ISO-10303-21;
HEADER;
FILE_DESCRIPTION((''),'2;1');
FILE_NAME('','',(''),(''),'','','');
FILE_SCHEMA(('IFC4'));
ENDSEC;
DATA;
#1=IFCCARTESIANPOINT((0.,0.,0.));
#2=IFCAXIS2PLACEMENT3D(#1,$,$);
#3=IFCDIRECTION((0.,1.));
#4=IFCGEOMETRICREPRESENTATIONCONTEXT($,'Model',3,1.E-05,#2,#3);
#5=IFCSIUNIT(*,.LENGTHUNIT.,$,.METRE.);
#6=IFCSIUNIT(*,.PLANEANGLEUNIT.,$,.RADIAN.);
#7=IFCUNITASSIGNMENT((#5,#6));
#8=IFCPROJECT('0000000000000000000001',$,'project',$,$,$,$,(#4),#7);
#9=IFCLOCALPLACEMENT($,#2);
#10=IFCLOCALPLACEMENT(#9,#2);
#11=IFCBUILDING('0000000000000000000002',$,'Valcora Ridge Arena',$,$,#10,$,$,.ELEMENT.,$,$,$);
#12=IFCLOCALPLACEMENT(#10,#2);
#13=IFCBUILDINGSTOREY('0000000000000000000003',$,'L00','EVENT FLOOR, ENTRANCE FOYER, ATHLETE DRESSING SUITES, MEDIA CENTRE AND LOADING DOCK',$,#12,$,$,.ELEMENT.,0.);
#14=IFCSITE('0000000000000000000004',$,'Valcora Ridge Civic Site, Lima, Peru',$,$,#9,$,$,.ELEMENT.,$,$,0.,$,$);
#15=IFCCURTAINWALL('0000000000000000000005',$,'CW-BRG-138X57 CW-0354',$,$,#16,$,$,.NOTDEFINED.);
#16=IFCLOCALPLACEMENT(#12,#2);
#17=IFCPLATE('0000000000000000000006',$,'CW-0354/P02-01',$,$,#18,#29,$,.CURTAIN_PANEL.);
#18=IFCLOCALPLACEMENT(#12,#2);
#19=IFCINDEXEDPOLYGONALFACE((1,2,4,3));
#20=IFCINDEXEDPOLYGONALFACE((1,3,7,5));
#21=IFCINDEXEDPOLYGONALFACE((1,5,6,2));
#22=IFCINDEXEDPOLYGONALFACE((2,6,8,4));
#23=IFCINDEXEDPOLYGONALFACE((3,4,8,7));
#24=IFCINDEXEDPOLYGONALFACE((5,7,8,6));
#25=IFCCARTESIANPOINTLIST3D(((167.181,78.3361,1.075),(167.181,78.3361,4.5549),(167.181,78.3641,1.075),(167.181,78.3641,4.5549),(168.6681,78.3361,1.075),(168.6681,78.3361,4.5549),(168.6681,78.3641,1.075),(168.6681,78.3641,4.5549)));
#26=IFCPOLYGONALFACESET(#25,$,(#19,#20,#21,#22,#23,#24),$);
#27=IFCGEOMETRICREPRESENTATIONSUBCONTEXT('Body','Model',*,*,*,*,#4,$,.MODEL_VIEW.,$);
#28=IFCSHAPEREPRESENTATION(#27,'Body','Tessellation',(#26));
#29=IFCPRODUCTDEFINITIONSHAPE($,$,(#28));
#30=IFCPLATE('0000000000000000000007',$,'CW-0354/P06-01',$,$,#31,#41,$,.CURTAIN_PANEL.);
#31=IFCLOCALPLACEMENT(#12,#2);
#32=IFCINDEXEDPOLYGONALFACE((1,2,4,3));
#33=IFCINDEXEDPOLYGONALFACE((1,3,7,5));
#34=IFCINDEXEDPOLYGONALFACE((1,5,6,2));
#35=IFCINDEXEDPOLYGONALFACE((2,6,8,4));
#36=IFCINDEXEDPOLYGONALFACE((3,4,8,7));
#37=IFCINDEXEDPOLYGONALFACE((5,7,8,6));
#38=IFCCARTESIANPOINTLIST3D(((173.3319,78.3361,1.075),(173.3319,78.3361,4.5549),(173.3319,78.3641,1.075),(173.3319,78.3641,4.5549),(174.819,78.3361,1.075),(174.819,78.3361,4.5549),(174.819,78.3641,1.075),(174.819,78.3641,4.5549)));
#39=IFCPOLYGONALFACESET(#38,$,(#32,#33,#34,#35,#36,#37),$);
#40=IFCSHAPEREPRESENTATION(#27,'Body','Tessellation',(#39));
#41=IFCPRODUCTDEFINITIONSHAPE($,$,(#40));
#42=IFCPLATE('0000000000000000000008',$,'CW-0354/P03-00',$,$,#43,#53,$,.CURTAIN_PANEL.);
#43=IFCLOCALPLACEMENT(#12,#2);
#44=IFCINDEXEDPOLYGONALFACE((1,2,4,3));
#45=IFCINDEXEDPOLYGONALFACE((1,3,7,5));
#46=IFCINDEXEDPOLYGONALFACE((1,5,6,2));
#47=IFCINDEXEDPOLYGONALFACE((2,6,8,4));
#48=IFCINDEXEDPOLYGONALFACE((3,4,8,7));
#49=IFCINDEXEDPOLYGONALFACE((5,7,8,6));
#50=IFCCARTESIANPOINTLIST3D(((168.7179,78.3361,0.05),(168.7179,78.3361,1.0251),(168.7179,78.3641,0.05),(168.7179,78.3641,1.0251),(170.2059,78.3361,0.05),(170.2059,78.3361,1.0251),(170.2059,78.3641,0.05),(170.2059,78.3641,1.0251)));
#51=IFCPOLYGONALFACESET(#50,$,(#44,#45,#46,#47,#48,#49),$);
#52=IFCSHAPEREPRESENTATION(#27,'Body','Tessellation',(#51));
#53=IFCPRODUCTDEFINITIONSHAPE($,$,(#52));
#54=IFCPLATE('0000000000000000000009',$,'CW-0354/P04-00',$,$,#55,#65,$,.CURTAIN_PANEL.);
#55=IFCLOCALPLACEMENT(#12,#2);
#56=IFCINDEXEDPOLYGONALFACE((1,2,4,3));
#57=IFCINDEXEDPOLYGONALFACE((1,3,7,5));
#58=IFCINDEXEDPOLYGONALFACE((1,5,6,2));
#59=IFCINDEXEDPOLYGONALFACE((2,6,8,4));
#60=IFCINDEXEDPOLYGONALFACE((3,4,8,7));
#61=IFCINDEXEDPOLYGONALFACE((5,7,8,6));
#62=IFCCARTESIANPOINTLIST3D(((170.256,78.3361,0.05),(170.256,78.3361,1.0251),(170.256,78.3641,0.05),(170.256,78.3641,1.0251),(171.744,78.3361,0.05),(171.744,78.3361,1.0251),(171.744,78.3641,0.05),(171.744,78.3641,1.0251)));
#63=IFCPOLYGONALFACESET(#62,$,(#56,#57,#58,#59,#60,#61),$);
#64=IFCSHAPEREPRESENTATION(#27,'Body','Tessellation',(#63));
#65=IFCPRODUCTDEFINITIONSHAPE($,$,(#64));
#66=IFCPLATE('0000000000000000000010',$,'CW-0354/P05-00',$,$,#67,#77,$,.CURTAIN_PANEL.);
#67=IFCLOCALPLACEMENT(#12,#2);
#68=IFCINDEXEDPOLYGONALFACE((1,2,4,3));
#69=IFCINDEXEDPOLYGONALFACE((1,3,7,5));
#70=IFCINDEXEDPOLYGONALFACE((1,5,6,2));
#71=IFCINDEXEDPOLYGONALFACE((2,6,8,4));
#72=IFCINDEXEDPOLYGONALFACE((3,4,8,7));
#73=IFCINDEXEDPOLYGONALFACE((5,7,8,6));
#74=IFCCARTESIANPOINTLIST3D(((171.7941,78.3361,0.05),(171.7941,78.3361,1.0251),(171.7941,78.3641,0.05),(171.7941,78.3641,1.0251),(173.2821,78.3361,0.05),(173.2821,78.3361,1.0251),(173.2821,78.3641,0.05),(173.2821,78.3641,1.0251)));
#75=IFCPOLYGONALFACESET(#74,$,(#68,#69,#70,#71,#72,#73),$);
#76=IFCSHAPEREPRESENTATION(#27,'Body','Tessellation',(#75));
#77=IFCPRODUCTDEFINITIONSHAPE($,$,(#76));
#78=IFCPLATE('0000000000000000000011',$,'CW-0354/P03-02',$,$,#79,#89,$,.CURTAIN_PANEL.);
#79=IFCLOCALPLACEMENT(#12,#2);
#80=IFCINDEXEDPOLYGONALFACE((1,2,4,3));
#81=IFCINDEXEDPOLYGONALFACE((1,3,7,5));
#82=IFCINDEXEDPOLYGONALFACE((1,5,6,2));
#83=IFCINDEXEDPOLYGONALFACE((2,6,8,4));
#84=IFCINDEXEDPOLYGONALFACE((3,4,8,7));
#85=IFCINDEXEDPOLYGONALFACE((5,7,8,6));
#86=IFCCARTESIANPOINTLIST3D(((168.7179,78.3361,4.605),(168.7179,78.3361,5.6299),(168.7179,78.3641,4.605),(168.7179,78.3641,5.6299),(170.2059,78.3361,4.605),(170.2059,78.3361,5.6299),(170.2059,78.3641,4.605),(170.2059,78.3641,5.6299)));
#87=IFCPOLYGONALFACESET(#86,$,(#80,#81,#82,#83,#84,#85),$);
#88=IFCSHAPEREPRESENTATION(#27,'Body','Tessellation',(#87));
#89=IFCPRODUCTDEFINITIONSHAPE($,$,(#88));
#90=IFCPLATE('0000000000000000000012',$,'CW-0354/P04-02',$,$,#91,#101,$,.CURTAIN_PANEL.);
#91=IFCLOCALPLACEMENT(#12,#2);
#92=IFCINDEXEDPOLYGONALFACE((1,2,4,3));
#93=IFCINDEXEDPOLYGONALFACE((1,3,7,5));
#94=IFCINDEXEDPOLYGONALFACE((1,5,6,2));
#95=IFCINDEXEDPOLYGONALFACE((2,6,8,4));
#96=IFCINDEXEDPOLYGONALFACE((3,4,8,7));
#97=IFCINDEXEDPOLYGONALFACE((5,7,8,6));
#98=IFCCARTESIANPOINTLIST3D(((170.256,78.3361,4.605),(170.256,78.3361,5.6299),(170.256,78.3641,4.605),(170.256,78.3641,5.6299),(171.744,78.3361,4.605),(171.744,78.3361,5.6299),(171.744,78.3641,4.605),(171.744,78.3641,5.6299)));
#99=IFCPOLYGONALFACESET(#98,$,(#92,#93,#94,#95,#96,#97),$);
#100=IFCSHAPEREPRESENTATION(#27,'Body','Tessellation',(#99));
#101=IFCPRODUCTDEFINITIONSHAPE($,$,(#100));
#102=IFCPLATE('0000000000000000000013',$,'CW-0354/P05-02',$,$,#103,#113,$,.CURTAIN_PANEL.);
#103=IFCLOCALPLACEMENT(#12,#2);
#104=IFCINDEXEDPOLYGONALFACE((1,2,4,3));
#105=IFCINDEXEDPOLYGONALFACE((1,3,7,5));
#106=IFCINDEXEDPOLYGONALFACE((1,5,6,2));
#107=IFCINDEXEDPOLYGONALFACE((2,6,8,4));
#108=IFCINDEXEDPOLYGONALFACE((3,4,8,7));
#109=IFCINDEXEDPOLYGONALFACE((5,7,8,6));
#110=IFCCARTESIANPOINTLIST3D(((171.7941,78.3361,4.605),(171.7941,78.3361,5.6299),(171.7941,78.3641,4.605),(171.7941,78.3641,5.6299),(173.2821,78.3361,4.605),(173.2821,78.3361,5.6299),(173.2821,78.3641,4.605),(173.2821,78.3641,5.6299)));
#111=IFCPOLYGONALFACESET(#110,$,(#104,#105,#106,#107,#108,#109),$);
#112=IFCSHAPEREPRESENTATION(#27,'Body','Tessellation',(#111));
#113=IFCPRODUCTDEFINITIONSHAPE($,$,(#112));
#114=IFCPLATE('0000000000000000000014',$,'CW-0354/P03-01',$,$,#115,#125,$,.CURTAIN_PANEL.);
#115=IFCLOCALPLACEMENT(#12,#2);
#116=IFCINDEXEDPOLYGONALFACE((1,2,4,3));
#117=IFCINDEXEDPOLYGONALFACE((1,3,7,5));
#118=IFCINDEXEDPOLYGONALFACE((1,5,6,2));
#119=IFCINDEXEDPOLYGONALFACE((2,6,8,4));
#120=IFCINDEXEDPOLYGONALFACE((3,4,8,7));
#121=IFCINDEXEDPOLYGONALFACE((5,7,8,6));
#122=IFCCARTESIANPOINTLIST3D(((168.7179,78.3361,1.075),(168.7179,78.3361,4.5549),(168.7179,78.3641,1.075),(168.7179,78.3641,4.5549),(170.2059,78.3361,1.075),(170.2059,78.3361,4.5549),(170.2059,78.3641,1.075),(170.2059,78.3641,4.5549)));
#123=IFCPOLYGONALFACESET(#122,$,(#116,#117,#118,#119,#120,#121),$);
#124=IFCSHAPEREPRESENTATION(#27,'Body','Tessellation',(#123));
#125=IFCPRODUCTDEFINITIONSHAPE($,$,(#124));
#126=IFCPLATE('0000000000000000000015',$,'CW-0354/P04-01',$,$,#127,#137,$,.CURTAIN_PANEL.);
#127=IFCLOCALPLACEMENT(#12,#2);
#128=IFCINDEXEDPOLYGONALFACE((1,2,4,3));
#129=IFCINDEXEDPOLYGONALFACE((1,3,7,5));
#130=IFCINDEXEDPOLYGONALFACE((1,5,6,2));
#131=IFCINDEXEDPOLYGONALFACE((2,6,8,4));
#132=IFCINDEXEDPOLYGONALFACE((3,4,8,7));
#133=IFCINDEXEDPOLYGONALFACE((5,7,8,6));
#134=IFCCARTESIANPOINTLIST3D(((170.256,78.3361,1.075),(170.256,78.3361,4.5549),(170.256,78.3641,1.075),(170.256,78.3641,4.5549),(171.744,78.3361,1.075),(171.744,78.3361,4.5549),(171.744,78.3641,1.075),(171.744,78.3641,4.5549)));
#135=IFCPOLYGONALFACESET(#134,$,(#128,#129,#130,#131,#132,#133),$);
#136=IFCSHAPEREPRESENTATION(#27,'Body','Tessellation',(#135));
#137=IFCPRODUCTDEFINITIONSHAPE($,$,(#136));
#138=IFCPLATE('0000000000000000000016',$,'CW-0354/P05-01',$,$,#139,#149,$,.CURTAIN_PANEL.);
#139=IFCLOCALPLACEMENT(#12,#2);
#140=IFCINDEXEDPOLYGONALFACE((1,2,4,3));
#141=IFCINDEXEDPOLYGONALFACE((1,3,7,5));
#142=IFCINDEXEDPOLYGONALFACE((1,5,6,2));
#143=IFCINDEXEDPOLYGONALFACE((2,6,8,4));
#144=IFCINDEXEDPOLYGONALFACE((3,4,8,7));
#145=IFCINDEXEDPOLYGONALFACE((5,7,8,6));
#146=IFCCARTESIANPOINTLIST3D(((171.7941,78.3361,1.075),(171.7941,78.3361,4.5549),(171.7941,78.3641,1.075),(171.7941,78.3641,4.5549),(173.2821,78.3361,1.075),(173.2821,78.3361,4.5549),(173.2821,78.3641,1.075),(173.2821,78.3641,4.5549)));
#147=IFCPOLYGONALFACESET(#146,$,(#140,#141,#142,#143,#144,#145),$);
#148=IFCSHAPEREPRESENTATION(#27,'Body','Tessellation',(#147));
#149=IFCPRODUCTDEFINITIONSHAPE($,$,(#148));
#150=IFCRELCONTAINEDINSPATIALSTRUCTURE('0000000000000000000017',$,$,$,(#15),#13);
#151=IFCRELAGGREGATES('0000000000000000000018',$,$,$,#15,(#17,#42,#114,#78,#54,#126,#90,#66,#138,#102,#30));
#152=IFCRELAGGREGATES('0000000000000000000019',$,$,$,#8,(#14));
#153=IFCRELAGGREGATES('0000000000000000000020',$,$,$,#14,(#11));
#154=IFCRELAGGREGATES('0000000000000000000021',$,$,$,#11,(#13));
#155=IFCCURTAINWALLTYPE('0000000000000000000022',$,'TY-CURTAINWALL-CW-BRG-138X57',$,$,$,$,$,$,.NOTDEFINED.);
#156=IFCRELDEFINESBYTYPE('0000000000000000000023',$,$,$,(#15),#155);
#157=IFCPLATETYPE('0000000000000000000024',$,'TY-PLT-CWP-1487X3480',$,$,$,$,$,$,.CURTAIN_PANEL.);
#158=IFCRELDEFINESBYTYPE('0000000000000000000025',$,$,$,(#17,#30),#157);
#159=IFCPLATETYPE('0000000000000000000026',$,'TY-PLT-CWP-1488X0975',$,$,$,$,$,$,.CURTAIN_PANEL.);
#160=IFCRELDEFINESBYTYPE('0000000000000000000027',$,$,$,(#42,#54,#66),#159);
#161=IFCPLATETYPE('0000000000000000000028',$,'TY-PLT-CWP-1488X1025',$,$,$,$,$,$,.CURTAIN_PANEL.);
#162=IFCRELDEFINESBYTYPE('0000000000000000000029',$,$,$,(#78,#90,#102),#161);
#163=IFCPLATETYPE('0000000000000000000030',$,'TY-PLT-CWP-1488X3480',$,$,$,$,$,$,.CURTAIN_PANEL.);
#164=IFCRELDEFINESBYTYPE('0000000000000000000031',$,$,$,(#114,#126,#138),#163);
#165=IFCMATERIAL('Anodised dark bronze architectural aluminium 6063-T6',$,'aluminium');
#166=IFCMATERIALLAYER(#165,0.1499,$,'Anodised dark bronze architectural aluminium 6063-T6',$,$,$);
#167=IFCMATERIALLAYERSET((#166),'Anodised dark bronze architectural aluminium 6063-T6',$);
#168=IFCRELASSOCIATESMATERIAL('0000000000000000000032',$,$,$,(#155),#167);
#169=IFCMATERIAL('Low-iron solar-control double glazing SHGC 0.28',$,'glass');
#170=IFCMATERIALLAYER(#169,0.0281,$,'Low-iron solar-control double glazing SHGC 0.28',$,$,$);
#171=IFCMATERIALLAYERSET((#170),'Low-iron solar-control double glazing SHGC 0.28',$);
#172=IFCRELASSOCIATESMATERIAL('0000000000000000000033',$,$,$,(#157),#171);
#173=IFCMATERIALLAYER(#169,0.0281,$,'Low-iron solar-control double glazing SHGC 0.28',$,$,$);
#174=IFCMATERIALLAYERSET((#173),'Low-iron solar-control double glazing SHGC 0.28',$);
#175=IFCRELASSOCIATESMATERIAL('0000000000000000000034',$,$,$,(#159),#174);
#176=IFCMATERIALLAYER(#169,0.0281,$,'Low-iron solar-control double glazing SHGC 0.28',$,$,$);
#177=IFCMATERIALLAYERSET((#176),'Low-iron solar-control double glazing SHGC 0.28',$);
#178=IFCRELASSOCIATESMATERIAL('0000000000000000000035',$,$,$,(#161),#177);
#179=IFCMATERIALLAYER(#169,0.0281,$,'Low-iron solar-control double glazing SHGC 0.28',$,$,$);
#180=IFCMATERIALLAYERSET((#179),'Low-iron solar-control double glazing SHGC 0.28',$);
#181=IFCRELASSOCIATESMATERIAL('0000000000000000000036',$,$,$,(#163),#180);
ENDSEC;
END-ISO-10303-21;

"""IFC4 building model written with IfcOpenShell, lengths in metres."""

from ifc_helpers import new_model, si_unit, direction, frame, origin, origin_2d, place, context, subcontext, project, spatial, rectangle, extrude, material, layer, layer_set, type_object, element, aggregate, save


model = new_model("IFC4")

# Units and contexts
model_context = context("Model", 3, precision=1e-05, world=origin(), true_north=direction((0.0, 1.0)))
body_context = subcontext(model_context, "Body", "Model", "MODEL_VIEW")
ifc_project = project(units=[si_unit("LENGTHUNIT", "METRE"), si_unit("PLANEANGLEUNIT", "RADIAN")], contexts=[model_context])

# Site, building, storey
site_placement = place(None, origin())
site = spatial("IfcSite", under=ifc_project, at=site_placement, Name="Valcora Ridge Civic Site, Lima, Peru", CompositionType="ELEMENT", RefElevation=0.0)
building_placement = place(site_placement, origin())
building = spatial("IfcBuilding", under=site, at=building_placement, Name="Valcora Ridge Arena", CompositionType="ELEMENT")
storey_placement = place(building_placement, origin())
storey = spatial("IfcBuildingStorey", under=building, at=storey_placement, Name="L00", Description="EVENT FLOOR, ENTRANCE FOYER, ATHLETE DRESSING SUITES, MEDIA CENTRE AND LOADING DOCK", CompositionType="ELEMENT", Elevation=0.0)

# Curtain wall, plates
ifc_material_1 = material(Name="Anodised dark bronze architectural aluminium 6063-T6", Category="aluminium")
ifc_layer_1 = layer(ifc_material_1, 0.1499, Name="Anodised dark bronze architectural aluminium 6063-T6")
ifc_layer_set_1 = layer_set([ifc_layer_1], Name="Anodised dark bronze architectural aluminium 6063-T6")
curtain_wall_type = type_object("IfcCurtainWallType", Name="TY-CURTAINWALL-CW-BRG-138X57", PredefinedType="NOTDEFINED", material=ifc_layer_set_1)
curtain_wall_placement = place(storey_placement, origin())
curtain_wall = element("IfcCurtainWall", 1, at=curtain_wall_placement, inside=storey, type_object=curtain_wall_type, Name="CW-BRG-138X57 CW-0354", PredefinedType="NOTDEFINED")
ifc_material_2 = material(Name="Low-iron solar-control double glazing SHGC 0.28", Category="glass")
ifc_layer_2 = layer(ifc_material_2, 0.0281, Name="Low-iron solar-control double glazing SHGC 0.28")
ifc_layer_set_2 = layer_set([ifc_layer_2], Name="Low-iron solar-control double glazing SHGC 0.28")
plate_type_1 = type_object("IfcPlateType", Name="TY-PLT-CWP-1487X3480", PredefinedType="CURTAIN_PANEL", material=ifc_layer_set_2)
plate_1_placement = place(storey_placement, frame((167.9246, 78.3501, 1.075), z_axis=(0.0, 0.0, 1.0), x_axis=(1.0, 0.0, 0.0)))
plate_1 = element("IfcPlate", 2, at=plate_1_placement, type_object=plate_type_1, Name="CW-0354/P02-01", PredefinedType="CURTAIN_PANEL", context=body_context, shape_type="SweptSolid", body=[
    extrude(rectangle(XDim=1.4871, YDim=0.0281, at=origin_2d()), origin(), (0.0, 0.0, 1.0), 3.48),
])
plate_2_placement = place(storey_placement, frame((174.0754, 78.3501, 1.075), z_axis=(0.0, 0.0, 1.0), x_axis=(1.0, 0.0, 0.0)))
plate_2 = element("IfcPlate", 3, at=plate_2_placement, type_object=plate_type_1, Name="CW-0354/P06-01", PredefinedType="CURTAIN_PANEL", context=body_context, shape_type="SweptSolid", body=[
    extrude(rectangle(XDim=1.4871, YDim=0.0281, at=origin_2d()), origin(), (0.0, 0.0, 1.0), 3.48),
])
ifc_layer_3 = layer(ifc_material_2, 0.0281, Name="Low-iron solar-control double glazing SHGC 0.28")
ifc_layer_set_3 = layer_set([ifc_layer_3], Name="Low-iron solar-control double glazing SHGC 0.28")
plate_type_2 = type_object("IfcPlateType", Name="TY-PLT-CWP-1488X0975", PredefinedType="CURTAIN_PANEL", material=ifc_layer_set_3)
plate_3_placement = place(storey_placement, frame((169.4619, 78.3501, 0.05), z_axis=(0.0, 0.0, 1.0), x_axis=(1.0, 0.0, 0.0)))
plate_3 = element("IfcPlate", 4, at=plate_3_placement, type_object=plate_type_2, Name="CW-0354/P03-00", PredefinedType="CURTAIN_PANEL", context=body_context, shape_type="SweptSolid", body=[
    extrude(rectangle(XDim=1.488, YDim=0.0281, at=origin_2d()), origin(), (0.0, 0.0, 1.0), 0.9751),
])
plate_4_placement = place(storey_placement, frame((171.0, 78.3501, 0.05), z_axis=(0.0, 0.0, 1.0), x_axis=(1.0, 0.0, 0.0)))
plate_4 = element("IfcPlate", 5, at=plate_4_placement, type_object=plate_type_2, Name="CW-0354/P04-00", PredefinedType="CURTAIN_PANEL", context=body_context, shape_type="SweptSolid", body=[
    extrude(rectangle(XDim=1.488, YDim=0.0281, at=origin_2d()), origin(), (0.0, 0.0, 1.0), 0.9751),
])
plate_5_placement = place(storey_placement, frame((172.5381, 78.3501, 0.05), z_axis=(0.0, 0.0, 1.0), x_axis=(1.0, 0.0, 0.0)))
plate_5 = element("IfcPlate", 6, at=plate_5_placement, type_object=plate_type_2, Name="CW-0354/P05-00", PredefinedType="CURTAIN_PANEL", context=body_context, shape_type="SweptSolid", body=[
    extrude(rectangle(XDim=1.488, YDim=0.0281, at=origin_2d()), origin(), (0.0, 0.0, 1.0), 0.9751),
])
ifc_layer_4 = layer(ifc_material_2, 0.0281, Name="Low-iron solar-control double glazing SHGC 0.28")
ifc_layer_set_4 = layer_set([ifc_layer_4], Name="Low-iron solar-control double glazing SHGC 0.28")
plate_type_3 = type_object("IfcPlateType", Name="TY-PLT-CWP-1488X1025", PredefinedType="CURTAIN_PANEL", material=ifc_layer_set_4)
plate_6_placement = place(storey_placement, frame((169.4619, 78.3501, 4.605), z_axis=(0.0, 0.0, 1.0), x_axis=(1.0, 0.0, 0.0)))
plate_6 = element("IfcPlate", 7, at=plate_6_placement, type_object=plate_type_3, Name="CW-0354/P03-02", PredefinedType="CURTAIN_PANEL", context=body_context, shape_type="SweptSolid", body=[
    extrude(rectangle(XDim=1.488, YDim=0.0281, at=origin_2d()), origin(), (0.0, 0.0, 1.0), 1.0249),
])
plate_7_placement = place(storey_placement, frame((171.0, 78.3501, 4.605), z_axis=(0.0, 0.0, 1.0), x_axis=(1.0, 0.0, 0.0)))
plate_7 = element("IfcPlate", 8, at=plate_7_placement, type_object=plate_type_3, Name="CW-0354/P04-02", PredefinedType="CURTAIN_PANEL", context=body_context, shape_type="SweptSolid", body=[
    extrude(rectangle(XDim=1.488, YDim=0.0281, at=origin_2d()), origin(), (0.0, 0.0, 1.0), 1.0249),
])
plate_8_placement = place(storey_placement, frame((172.5381, 78.3501, 4.605), z_axis=(0.0, 0.0, 1.0), x_axis=(1.0, 0.0, 0.0)))
plate_8 = element("IfcPlate", 9, at=plate_8_placement, type_object=plate_type_3, Name="CW-0354/P05-02", PredefinedType="CURTAIN_PANEL", context=body_context, shape_type="SweptSolid", body=[
    extrude(rectangle(XDim=1.488, YDim=0.0281, at=origin_2d()), origin(), (0.0, 0.0, 1.0), 1.0249),
])
ifc_layer_5 = layer(ifc_material_2, 0.0281, Name="Low-iron solar-control double glazing SHGC 0.28")
ifc_layer_set_5 = layer_set([ifc_layer_5], Name="Low-iron solar-control double glazing SHGC 0.28")
plate_type_4 = type_object("IfcPlateType", Name="TY-PLT-CWP-1488X3480", PredefinedType="CURTAIN_PANEL", material=ifc_layer_set_5)
plate_9_placement = place(storey_placement, frame((169.4619, 78.3501, 1.075), z_axis=(0.0, 0.0, 1.0), x_axis=(1.0, 0.0, 0.0)))
plate_9 = element("IfcPlate", 10, at=plate_9_placement, type_object=plate_type_4, Name="CW-0354/P03-01", PredefinedType="CURTAIN_PANEL", context=body_context, shape_type="SweptSolid", body=[
    extrude(rectangle(XDim=1.488, YDim=0.0281, at=origin_2d()), origin(), (0.0, 0.0, 1.0), 3.48),
])
plate_10_placement = place(storey_placement, frame((171.0, 78.3501, 1.075), z_axis=(0.0, 0.0, 1.0), x_axis=(1.0, 0.0, 0.0)))
plate_10 = element("IfcPlate", 11, at=plate_10_placement, type_object=plate_type_4, Name="CW-0354/P04-01", PredefinedType="CURTAIN_PANEL", context=body_context, shape_type="SweptSolid", body=[
    extrude(rectangle(XDim=1.488, YDim=0.0281, at=origin_2d()), origin(), (0.0, 0.0, 1.0), 3.48),
])
plate_11_placement = place(storey_placement, frame((172.5381, 78.3501, 1.075), z_axis=(0.0, 0.0, 1.0), x_axis=(1.0, 0.0, 0.0)))
plate_11 = element("IfcPlate", 12, at=plate_11_placement, type_object=plate_type_4, Name="CW-0354/P05-01", PredefinedType="CURTAIN_PANEL", context=body_context, shape_type="SweptSolid", body=[
    extrude(rectangle(XDim=1.488, YDim=0.0281, at=origin_2d()), origin(), (0.0, 0.0, 1.0), 3.48),
])
aggregate(curtain_wall, [plate_1, plate_3, plate_9, plate_6, plate_4, plate_10, plate_7, plate_5, plate_11, plate_8, plate_2])

save(model, "model.ifc")
